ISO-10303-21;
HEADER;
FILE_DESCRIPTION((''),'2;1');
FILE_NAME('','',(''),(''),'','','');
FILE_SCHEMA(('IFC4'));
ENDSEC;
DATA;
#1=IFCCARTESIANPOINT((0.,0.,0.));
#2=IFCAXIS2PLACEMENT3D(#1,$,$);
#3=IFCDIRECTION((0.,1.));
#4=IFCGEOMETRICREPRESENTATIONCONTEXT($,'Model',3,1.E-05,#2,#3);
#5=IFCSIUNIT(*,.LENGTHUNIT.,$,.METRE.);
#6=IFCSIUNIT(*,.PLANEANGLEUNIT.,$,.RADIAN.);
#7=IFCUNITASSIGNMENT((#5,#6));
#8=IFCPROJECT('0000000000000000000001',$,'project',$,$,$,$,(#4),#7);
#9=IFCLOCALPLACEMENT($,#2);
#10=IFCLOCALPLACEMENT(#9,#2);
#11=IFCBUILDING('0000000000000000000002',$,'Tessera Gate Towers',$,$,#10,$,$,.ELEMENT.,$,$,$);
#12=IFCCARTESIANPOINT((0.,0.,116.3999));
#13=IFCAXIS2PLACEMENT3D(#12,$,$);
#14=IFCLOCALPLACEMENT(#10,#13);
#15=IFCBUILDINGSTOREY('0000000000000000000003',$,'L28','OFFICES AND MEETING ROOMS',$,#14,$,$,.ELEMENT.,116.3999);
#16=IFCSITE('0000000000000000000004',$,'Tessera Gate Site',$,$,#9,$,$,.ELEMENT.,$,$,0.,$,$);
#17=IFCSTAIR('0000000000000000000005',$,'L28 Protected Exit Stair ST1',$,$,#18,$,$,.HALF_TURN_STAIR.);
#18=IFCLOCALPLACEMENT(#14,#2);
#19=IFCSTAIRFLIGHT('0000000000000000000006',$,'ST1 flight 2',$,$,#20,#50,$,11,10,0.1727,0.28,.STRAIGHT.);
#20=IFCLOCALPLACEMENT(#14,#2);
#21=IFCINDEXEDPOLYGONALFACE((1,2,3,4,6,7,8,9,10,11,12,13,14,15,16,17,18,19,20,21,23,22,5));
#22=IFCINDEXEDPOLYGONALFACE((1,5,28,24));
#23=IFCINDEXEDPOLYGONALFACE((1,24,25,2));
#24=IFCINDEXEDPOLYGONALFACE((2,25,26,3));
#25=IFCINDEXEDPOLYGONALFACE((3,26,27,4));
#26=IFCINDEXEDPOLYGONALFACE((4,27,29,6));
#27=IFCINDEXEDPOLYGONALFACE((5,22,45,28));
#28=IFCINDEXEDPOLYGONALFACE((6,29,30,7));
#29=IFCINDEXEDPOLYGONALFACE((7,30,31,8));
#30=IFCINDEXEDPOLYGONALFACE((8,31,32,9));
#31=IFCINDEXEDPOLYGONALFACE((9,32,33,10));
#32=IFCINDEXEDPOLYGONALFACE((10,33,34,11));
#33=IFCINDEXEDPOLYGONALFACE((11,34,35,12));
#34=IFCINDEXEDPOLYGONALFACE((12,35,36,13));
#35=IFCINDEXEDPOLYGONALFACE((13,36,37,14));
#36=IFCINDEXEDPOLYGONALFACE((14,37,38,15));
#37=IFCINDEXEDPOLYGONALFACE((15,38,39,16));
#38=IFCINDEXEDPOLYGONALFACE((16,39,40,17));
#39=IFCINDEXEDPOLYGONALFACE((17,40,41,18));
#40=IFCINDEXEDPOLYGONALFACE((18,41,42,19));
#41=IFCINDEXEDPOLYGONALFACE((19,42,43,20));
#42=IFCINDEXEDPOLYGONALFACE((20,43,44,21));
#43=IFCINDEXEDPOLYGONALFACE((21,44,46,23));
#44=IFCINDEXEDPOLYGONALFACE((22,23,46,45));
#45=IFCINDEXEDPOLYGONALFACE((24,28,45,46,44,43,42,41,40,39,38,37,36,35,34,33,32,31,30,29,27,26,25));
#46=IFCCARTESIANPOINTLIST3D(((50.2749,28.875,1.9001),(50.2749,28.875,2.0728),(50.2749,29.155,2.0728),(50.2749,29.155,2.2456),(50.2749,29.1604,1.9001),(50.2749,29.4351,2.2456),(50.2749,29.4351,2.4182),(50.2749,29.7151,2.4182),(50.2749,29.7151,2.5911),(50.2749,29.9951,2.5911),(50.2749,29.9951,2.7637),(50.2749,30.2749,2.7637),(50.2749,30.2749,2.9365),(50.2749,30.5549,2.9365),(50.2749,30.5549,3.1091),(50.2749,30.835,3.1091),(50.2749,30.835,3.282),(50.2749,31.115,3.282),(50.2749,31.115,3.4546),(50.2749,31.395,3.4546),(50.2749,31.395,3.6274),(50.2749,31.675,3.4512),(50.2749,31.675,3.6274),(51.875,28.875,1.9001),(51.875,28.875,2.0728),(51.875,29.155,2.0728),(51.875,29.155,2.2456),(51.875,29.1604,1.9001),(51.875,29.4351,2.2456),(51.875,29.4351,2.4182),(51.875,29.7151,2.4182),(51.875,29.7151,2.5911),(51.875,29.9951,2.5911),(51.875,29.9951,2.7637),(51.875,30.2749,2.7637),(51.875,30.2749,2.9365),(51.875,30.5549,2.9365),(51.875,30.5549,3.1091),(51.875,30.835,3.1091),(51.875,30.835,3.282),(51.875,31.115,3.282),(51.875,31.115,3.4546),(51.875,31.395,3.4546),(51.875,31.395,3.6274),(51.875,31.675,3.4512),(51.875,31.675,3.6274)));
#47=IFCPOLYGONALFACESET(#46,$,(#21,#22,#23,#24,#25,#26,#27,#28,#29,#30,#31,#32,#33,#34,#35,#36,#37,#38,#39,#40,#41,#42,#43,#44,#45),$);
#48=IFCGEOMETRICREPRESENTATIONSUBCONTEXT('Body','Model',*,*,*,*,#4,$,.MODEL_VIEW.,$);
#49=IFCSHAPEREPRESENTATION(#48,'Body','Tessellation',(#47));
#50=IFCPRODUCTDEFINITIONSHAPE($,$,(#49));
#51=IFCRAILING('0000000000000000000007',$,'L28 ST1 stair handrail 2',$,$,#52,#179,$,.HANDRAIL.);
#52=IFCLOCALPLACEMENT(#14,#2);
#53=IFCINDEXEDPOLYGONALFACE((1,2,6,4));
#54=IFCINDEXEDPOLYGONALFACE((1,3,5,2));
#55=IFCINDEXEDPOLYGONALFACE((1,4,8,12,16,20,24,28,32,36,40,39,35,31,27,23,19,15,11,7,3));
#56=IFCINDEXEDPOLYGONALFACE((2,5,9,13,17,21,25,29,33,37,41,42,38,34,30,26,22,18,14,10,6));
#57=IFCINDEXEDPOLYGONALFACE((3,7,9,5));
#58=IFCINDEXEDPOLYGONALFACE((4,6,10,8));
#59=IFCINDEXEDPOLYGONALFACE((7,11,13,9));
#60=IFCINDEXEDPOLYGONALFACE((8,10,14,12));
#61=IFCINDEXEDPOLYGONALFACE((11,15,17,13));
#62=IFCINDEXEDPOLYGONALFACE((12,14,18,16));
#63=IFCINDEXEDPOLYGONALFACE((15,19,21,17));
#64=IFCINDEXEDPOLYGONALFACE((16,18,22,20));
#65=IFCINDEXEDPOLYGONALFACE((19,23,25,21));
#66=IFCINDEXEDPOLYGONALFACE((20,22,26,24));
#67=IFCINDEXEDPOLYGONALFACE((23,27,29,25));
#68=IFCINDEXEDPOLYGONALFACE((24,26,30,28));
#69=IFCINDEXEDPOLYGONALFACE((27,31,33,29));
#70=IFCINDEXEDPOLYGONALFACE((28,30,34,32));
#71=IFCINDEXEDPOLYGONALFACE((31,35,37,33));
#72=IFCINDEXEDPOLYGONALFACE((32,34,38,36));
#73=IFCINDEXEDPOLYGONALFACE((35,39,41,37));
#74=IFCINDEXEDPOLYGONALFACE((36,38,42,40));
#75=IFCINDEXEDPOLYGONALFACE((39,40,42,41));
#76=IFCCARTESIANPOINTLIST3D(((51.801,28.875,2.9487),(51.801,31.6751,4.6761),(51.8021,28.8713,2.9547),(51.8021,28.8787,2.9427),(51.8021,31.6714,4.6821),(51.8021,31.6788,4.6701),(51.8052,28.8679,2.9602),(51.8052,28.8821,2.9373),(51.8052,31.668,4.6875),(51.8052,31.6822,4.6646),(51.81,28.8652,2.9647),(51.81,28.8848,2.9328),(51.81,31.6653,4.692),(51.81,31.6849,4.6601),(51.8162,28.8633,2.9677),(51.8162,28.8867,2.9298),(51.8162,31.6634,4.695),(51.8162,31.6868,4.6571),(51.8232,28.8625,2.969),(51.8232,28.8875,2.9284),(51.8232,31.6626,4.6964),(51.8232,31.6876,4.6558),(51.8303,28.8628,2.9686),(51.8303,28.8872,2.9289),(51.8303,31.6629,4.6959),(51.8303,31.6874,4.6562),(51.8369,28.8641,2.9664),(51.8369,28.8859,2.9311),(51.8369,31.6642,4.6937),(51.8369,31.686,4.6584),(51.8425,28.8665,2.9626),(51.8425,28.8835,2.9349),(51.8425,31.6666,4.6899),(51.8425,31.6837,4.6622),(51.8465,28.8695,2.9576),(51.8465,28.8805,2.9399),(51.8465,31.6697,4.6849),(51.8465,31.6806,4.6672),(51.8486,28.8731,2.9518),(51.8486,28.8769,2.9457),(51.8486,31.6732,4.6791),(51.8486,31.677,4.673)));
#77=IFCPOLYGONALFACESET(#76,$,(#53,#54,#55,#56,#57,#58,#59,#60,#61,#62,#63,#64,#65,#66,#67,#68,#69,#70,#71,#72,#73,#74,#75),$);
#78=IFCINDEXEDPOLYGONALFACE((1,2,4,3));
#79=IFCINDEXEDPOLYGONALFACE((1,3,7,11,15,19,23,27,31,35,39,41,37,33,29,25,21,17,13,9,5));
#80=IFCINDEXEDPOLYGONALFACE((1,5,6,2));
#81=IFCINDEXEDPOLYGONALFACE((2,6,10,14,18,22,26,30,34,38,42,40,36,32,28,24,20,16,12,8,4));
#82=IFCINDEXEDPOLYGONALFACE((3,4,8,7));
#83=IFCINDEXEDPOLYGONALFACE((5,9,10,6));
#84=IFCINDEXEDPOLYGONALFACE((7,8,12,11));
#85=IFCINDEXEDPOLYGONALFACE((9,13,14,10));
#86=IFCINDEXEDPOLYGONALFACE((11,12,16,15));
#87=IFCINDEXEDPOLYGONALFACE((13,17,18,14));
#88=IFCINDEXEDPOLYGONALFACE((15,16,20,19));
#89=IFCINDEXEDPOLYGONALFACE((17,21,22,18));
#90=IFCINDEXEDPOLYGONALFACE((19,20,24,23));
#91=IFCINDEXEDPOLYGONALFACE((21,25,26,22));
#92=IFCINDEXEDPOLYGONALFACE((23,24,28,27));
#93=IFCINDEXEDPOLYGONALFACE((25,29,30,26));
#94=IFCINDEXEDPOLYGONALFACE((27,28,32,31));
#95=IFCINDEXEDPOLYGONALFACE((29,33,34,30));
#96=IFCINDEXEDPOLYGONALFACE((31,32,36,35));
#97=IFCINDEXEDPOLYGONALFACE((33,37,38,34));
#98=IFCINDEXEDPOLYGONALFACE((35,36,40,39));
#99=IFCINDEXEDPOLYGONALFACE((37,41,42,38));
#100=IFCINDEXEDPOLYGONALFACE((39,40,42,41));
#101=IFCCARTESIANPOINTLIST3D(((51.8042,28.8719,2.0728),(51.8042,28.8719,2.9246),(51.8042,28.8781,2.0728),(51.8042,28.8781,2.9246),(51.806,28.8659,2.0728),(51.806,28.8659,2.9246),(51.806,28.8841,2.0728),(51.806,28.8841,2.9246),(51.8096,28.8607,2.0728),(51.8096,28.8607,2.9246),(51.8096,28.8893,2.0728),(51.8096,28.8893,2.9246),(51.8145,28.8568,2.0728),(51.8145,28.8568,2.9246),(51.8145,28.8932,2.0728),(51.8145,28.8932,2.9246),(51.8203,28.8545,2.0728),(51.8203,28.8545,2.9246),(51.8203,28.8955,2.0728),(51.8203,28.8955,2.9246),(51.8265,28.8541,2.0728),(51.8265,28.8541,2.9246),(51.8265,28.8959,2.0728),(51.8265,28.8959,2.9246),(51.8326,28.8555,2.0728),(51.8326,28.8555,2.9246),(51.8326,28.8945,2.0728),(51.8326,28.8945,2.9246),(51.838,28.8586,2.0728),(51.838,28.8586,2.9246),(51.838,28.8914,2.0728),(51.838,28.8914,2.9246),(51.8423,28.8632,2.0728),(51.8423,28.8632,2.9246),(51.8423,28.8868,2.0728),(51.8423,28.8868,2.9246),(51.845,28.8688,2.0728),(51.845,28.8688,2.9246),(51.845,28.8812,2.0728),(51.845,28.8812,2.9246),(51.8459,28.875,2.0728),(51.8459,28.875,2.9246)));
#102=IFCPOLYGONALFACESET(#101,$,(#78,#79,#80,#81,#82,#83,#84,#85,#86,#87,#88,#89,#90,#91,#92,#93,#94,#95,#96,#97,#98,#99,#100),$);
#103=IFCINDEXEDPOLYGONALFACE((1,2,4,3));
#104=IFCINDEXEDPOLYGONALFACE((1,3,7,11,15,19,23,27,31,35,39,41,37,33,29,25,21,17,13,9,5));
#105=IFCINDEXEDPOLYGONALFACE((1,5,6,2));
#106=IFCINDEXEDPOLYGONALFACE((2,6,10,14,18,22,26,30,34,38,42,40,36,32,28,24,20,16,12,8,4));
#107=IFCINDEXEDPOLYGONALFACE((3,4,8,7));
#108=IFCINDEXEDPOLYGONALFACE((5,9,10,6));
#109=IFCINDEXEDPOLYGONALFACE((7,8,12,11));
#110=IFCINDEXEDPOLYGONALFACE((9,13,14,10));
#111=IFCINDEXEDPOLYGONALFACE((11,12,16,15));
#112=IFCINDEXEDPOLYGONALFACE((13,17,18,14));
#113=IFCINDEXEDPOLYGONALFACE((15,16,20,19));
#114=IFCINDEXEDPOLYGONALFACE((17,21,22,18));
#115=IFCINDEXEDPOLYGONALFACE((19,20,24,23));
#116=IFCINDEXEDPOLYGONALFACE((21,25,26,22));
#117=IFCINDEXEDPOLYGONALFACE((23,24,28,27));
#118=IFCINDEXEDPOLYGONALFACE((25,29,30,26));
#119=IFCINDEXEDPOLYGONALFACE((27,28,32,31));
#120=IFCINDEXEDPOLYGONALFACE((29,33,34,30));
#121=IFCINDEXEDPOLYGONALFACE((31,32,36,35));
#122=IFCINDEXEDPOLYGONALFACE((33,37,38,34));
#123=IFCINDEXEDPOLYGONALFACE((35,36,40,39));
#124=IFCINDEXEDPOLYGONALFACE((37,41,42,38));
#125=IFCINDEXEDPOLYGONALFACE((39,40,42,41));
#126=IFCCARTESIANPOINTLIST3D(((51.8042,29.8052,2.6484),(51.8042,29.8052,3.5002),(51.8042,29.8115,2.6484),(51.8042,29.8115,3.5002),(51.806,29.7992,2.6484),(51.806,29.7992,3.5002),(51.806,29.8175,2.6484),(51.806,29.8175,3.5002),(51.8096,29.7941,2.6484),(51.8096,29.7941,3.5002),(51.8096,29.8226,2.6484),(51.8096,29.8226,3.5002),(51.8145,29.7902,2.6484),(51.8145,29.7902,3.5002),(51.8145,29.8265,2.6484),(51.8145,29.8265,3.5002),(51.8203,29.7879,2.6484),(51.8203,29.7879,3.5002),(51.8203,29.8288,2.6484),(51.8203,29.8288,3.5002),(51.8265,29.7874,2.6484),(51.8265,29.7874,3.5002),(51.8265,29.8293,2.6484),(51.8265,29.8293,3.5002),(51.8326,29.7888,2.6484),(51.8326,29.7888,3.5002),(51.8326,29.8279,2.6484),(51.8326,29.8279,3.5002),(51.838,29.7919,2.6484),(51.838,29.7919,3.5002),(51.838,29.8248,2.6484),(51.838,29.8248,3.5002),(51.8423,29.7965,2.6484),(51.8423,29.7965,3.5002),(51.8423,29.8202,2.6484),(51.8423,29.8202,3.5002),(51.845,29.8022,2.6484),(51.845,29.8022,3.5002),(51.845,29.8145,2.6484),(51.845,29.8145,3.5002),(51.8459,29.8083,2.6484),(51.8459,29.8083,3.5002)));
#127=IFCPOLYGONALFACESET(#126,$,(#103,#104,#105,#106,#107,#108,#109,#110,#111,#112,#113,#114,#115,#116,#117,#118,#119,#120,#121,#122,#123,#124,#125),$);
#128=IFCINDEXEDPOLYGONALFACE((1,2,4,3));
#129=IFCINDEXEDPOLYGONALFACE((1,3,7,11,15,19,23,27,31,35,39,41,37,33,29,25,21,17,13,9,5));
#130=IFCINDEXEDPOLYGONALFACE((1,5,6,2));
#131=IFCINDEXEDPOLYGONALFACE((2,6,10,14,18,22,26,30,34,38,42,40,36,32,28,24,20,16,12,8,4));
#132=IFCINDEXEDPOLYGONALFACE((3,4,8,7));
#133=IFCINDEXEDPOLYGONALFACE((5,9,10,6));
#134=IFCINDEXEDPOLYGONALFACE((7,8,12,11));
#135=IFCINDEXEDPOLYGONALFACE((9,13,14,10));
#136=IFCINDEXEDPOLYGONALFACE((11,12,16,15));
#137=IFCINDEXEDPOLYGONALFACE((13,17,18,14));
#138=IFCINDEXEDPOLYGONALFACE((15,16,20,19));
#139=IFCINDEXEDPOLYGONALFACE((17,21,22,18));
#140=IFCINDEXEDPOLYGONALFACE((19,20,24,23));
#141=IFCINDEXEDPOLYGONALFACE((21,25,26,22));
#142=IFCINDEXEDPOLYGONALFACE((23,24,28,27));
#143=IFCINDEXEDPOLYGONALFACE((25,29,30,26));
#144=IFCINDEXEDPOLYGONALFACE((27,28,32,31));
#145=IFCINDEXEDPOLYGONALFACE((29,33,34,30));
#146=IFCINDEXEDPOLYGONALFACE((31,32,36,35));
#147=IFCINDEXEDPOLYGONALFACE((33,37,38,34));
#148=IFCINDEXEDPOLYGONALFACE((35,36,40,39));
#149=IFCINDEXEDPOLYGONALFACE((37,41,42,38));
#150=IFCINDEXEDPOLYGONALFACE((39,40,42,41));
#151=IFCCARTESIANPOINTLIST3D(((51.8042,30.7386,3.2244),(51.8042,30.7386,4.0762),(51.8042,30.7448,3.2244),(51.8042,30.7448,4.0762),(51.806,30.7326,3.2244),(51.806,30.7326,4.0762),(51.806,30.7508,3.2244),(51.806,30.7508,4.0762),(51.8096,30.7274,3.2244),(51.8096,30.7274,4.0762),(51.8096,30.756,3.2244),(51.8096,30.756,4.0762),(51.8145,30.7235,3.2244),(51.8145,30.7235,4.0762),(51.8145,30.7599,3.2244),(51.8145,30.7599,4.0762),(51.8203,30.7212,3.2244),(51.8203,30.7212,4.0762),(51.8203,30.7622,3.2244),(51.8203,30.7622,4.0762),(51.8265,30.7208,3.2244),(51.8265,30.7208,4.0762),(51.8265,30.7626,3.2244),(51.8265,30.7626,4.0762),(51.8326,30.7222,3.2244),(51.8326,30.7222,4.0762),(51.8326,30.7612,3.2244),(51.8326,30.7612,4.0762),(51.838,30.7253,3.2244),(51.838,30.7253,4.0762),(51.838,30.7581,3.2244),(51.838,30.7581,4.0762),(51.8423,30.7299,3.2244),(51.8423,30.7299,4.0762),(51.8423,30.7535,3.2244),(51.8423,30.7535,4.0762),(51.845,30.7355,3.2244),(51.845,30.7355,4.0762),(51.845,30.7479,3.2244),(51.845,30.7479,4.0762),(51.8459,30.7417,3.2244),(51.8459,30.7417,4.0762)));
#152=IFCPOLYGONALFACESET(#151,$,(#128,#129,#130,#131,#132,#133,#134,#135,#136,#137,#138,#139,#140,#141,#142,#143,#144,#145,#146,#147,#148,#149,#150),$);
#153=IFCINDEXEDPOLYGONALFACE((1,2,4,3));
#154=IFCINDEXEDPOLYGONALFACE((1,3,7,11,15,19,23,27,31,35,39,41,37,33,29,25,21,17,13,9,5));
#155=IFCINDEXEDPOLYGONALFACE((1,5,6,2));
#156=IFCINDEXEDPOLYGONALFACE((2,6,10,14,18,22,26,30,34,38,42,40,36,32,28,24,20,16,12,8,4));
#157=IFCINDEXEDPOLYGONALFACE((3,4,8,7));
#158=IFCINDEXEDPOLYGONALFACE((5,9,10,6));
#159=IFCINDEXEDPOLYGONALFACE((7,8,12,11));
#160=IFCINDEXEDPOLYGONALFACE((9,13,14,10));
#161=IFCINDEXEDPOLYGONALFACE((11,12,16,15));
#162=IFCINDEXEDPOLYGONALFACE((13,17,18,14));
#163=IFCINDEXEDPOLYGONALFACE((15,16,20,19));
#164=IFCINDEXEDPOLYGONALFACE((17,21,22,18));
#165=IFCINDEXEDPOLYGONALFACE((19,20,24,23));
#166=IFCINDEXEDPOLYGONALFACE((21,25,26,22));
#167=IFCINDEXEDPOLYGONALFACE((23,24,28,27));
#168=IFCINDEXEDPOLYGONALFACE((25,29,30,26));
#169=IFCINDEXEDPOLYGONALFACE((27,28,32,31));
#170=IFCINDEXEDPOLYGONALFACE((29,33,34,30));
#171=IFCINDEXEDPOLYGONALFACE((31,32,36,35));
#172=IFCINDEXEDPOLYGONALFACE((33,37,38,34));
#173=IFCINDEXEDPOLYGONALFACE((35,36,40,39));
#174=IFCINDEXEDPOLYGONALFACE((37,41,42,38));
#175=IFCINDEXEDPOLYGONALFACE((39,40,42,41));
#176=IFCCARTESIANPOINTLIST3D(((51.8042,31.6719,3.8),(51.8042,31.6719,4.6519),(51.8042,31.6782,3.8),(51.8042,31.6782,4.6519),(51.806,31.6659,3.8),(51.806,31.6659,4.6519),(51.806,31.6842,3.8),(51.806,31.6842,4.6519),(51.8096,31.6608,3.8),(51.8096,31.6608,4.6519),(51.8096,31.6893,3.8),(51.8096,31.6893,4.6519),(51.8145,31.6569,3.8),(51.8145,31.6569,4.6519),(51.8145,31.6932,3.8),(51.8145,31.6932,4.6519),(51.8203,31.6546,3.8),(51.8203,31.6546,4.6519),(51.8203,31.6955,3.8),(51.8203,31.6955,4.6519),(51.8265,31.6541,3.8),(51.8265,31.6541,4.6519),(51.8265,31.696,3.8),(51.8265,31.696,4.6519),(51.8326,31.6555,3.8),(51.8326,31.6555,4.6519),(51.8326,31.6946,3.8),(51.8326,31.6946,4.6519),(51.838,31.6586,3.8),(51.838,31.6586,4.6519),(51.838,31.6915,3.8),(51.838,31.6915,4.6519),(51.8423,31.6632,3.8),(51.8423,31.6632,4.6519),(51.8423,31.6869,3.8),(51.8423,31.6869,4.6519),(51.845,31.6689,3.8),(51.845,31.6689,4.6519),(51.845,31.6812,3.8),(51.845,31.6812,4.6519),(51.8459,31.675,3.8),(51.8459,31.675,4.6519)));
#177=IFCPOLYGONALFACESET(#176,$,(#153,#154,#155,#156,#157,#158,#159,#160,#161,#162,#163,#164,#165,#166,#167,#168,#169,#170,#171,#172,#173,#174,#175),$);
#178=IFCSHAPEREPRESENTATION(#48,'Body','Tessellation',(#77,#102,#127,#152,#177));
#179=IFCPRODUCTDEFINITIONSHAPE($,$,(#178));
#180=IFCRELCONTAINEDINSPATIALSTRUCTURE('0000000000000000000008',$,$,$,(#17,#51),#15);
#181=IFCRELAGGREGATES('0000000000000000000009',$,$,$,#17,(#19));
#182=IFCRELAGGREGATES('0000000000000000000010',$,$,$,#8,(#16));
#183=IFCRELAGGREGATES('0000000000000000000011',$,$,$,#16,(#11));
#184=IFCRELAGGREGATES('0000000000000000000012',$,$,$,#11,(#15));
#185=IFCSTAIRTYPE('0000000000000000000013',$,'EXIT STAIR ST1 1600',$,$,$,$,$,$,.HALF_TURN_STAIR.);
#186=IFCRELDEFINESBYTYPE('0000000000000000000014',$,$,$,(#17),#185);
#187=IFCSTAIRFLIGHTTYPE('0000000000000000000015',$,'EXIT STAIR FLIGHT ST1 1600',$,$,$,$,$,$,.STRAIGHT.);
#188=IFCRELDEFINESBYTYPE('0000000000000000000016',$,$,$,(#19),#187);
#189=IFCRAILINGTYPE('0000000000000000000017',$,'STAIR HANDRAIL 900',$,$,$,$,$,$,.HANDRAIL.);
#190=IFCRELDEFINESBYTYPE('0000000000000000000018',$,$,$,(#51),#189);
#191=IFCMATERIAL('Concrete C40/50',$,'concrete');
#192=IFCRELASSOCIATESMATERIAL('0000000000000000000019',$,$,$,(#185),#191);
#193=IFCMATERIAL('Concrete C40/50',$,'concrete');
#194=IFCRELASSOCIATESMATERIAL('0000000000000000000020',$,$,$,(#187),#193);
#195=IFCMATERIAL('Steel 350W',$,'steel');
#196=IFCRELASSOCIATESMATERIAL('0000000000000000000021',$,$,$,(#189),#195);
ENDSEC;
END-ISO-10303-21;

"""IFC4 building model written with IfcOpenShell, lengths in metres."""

from ifc_helpers import new_model, si_unit, direction, frame, origin, origin_2d, place, context, subcontext, project, spatial, polyline, circle, outline, extrude, material, type_object, element, aggregate, save


model = new_model("IFC4")

# Units and contexts
model_context = context("Model", 3, precision=1e-05, world=origin(), true_north=direction((0.0, 1.0)))
body_context = subcontext(model_context, "Body", "Model", "MODEL_VIEW")
ifc_project = project(units=[si_unit("LENGTHUNIT", "METRE"), si_unit("PLANEANGLEUNIT", "RADIAN")], contexts=[model_context])

# Site, building, storey
site_placement = place(None, origin())
site = spatial("IfcSite", under=ifc_project, at=site_placement, Name="Tessera Gate Site", CompositionType="ELEMENT", RefElevation=0.0)
building_placement = place(site_placement, origin())
building = spatial("IfcBuilding", under=site, at=building_placement, Name="Tessera Gate Towers", CompositionType="ELEMENT")
storey_placement = place(building_placement, frame((0.0, 0.0, 116.3999)))
storey = spatial("IfcBuildingStorey", under=building, at=storey_placement, Name="L28", Description="OFFICES AND MEETING ROOMS", CompositionType="ELEMENT", Elevation=116.3999)

# Stair, stair flight
ifc_material_1 = material(Name="Concrete C40/50", Category="concrete")
stair_type = type_object("IfcStairType", Name="EXIT STAIR ST1 1600", PredefinedType="HALF_TURN_STAIR", material=ifc_material_1)
stair_placement = place(storey_placement, origin())
stair = element("IfcStair", 1, at=stair_placement, inside=storey, type_object=stair_type, Name="L28 Protected Exit Stair ST1", PredefinedType="HALF_TURN_STAIR")
ifc_material_2 = material(Name="Concrete C40/50", Category="concrete")
stair_flight_type = type_object("IfcStairFlightType", Name="EXIT STAIR FLIGHT ST1 1600", PredefinedType="STRAIGHT", material=ifc_material_2)
stair_flight_placement = place(storey_placement, frame((51.075, 28.875, 1.9001), z_axis=(0.0, 0.0, 1.0), x_axis=(0.0, 1.0, 0.0)))
stair_flight = element("IfcStairFlight", 2, at=stair_flight_placement, type_object=stair_flight_type, Name="ST1 flight 2", NumberOfRisers=11, NumberOfTreads=10, PredefinedType="STRAIGHT", RiserHeight=0.1727, TreadLength=0.28, context=body_context, shape_type="SweptSolid", body=[
    extrude(outline(polyline([(0.0, 0.0), (0.0, 0.1726), (0.28, 0.1726), (0.28, 0.3455), (0.5601, 0.3455), (0.5601, 0.5181), (0.8401, 0.5181), (0.8401, 0.6909), (1.1201, 0.6909), (1.1201, 0.8635), (1.3999, 0.8635), (1.3999, 1.0364), (1.6799, 1.0364), (1.6799, 1.209), (1.96, 1.209), (1.96, 1.3818), (2.24, 1.3818), (2.24, 1.5544), (2.52, 1.5544), (2.52, 1.7273), (2.8, 1.7273), (2.8, 1.8999), (2.8, 1.551), (0.2854, 0.0), (0.0, 0.0)])), frame((0.0, 0.8, 0.0), z_axis=(0.0, -1.0, 0.0), x_axis=(1.0, 0.0, 0.0)), (0.0, 0.0, 1.0), 1.6001),
])
aggregate(stair, [stair_flight])

# Railing
ifc_material_3 = material(Name="Steel 350W", Category="steel")
railing_type = type_object("IfcRailingType", Name="STAIR HANDRAIL 900", PredefinedType="HANDRAIL", material=ifc_material_3)
railing_placement = place(storey_placement, frame((51.825, 28.875, 2.0728)))
element("IfcRailing", 3, at=railing_placement, inside=storey, type_object=railing_type, Name="L28 ST1 stair handrail 2", PredefinedType="HANDRAIL", context=body_context, shape_type="SweptSolid", body=[
    extrude(circle(Radius=0.0239, at=origin_2d()), frame((0.0, 0.0, 0.876), z_axis=(0.0, 0.85109, 0.52502), x_axis=(-1.0, 0.0, 0.0)), (0.0, 0.0, 1.0), 3.29),
    extrude(circle(Radius=0.021, at=origin_2d()), origin(), (0.0, 0.0, 1.0), 0.8518),
    extrude(circle(Radius=0.021, at=origin_2d()), frame((0.0, 0.9333, 0.5757)), (0.0, 0.0, 1.0), 0.8518),
    extrude(circle(Radius=0.021, at=origin_2d()), frame((0.0, 1.8667, 1.1516)), (0.0, 0.0, 1.0), 0.8518),
    extrude(circle(Radius=0.021, at=origin_2d()), frame((0.0, 2.8, 1.7273)), (0.0, 0.0, 1.0), 0.8518),
])

save(model, "model.ifc")
